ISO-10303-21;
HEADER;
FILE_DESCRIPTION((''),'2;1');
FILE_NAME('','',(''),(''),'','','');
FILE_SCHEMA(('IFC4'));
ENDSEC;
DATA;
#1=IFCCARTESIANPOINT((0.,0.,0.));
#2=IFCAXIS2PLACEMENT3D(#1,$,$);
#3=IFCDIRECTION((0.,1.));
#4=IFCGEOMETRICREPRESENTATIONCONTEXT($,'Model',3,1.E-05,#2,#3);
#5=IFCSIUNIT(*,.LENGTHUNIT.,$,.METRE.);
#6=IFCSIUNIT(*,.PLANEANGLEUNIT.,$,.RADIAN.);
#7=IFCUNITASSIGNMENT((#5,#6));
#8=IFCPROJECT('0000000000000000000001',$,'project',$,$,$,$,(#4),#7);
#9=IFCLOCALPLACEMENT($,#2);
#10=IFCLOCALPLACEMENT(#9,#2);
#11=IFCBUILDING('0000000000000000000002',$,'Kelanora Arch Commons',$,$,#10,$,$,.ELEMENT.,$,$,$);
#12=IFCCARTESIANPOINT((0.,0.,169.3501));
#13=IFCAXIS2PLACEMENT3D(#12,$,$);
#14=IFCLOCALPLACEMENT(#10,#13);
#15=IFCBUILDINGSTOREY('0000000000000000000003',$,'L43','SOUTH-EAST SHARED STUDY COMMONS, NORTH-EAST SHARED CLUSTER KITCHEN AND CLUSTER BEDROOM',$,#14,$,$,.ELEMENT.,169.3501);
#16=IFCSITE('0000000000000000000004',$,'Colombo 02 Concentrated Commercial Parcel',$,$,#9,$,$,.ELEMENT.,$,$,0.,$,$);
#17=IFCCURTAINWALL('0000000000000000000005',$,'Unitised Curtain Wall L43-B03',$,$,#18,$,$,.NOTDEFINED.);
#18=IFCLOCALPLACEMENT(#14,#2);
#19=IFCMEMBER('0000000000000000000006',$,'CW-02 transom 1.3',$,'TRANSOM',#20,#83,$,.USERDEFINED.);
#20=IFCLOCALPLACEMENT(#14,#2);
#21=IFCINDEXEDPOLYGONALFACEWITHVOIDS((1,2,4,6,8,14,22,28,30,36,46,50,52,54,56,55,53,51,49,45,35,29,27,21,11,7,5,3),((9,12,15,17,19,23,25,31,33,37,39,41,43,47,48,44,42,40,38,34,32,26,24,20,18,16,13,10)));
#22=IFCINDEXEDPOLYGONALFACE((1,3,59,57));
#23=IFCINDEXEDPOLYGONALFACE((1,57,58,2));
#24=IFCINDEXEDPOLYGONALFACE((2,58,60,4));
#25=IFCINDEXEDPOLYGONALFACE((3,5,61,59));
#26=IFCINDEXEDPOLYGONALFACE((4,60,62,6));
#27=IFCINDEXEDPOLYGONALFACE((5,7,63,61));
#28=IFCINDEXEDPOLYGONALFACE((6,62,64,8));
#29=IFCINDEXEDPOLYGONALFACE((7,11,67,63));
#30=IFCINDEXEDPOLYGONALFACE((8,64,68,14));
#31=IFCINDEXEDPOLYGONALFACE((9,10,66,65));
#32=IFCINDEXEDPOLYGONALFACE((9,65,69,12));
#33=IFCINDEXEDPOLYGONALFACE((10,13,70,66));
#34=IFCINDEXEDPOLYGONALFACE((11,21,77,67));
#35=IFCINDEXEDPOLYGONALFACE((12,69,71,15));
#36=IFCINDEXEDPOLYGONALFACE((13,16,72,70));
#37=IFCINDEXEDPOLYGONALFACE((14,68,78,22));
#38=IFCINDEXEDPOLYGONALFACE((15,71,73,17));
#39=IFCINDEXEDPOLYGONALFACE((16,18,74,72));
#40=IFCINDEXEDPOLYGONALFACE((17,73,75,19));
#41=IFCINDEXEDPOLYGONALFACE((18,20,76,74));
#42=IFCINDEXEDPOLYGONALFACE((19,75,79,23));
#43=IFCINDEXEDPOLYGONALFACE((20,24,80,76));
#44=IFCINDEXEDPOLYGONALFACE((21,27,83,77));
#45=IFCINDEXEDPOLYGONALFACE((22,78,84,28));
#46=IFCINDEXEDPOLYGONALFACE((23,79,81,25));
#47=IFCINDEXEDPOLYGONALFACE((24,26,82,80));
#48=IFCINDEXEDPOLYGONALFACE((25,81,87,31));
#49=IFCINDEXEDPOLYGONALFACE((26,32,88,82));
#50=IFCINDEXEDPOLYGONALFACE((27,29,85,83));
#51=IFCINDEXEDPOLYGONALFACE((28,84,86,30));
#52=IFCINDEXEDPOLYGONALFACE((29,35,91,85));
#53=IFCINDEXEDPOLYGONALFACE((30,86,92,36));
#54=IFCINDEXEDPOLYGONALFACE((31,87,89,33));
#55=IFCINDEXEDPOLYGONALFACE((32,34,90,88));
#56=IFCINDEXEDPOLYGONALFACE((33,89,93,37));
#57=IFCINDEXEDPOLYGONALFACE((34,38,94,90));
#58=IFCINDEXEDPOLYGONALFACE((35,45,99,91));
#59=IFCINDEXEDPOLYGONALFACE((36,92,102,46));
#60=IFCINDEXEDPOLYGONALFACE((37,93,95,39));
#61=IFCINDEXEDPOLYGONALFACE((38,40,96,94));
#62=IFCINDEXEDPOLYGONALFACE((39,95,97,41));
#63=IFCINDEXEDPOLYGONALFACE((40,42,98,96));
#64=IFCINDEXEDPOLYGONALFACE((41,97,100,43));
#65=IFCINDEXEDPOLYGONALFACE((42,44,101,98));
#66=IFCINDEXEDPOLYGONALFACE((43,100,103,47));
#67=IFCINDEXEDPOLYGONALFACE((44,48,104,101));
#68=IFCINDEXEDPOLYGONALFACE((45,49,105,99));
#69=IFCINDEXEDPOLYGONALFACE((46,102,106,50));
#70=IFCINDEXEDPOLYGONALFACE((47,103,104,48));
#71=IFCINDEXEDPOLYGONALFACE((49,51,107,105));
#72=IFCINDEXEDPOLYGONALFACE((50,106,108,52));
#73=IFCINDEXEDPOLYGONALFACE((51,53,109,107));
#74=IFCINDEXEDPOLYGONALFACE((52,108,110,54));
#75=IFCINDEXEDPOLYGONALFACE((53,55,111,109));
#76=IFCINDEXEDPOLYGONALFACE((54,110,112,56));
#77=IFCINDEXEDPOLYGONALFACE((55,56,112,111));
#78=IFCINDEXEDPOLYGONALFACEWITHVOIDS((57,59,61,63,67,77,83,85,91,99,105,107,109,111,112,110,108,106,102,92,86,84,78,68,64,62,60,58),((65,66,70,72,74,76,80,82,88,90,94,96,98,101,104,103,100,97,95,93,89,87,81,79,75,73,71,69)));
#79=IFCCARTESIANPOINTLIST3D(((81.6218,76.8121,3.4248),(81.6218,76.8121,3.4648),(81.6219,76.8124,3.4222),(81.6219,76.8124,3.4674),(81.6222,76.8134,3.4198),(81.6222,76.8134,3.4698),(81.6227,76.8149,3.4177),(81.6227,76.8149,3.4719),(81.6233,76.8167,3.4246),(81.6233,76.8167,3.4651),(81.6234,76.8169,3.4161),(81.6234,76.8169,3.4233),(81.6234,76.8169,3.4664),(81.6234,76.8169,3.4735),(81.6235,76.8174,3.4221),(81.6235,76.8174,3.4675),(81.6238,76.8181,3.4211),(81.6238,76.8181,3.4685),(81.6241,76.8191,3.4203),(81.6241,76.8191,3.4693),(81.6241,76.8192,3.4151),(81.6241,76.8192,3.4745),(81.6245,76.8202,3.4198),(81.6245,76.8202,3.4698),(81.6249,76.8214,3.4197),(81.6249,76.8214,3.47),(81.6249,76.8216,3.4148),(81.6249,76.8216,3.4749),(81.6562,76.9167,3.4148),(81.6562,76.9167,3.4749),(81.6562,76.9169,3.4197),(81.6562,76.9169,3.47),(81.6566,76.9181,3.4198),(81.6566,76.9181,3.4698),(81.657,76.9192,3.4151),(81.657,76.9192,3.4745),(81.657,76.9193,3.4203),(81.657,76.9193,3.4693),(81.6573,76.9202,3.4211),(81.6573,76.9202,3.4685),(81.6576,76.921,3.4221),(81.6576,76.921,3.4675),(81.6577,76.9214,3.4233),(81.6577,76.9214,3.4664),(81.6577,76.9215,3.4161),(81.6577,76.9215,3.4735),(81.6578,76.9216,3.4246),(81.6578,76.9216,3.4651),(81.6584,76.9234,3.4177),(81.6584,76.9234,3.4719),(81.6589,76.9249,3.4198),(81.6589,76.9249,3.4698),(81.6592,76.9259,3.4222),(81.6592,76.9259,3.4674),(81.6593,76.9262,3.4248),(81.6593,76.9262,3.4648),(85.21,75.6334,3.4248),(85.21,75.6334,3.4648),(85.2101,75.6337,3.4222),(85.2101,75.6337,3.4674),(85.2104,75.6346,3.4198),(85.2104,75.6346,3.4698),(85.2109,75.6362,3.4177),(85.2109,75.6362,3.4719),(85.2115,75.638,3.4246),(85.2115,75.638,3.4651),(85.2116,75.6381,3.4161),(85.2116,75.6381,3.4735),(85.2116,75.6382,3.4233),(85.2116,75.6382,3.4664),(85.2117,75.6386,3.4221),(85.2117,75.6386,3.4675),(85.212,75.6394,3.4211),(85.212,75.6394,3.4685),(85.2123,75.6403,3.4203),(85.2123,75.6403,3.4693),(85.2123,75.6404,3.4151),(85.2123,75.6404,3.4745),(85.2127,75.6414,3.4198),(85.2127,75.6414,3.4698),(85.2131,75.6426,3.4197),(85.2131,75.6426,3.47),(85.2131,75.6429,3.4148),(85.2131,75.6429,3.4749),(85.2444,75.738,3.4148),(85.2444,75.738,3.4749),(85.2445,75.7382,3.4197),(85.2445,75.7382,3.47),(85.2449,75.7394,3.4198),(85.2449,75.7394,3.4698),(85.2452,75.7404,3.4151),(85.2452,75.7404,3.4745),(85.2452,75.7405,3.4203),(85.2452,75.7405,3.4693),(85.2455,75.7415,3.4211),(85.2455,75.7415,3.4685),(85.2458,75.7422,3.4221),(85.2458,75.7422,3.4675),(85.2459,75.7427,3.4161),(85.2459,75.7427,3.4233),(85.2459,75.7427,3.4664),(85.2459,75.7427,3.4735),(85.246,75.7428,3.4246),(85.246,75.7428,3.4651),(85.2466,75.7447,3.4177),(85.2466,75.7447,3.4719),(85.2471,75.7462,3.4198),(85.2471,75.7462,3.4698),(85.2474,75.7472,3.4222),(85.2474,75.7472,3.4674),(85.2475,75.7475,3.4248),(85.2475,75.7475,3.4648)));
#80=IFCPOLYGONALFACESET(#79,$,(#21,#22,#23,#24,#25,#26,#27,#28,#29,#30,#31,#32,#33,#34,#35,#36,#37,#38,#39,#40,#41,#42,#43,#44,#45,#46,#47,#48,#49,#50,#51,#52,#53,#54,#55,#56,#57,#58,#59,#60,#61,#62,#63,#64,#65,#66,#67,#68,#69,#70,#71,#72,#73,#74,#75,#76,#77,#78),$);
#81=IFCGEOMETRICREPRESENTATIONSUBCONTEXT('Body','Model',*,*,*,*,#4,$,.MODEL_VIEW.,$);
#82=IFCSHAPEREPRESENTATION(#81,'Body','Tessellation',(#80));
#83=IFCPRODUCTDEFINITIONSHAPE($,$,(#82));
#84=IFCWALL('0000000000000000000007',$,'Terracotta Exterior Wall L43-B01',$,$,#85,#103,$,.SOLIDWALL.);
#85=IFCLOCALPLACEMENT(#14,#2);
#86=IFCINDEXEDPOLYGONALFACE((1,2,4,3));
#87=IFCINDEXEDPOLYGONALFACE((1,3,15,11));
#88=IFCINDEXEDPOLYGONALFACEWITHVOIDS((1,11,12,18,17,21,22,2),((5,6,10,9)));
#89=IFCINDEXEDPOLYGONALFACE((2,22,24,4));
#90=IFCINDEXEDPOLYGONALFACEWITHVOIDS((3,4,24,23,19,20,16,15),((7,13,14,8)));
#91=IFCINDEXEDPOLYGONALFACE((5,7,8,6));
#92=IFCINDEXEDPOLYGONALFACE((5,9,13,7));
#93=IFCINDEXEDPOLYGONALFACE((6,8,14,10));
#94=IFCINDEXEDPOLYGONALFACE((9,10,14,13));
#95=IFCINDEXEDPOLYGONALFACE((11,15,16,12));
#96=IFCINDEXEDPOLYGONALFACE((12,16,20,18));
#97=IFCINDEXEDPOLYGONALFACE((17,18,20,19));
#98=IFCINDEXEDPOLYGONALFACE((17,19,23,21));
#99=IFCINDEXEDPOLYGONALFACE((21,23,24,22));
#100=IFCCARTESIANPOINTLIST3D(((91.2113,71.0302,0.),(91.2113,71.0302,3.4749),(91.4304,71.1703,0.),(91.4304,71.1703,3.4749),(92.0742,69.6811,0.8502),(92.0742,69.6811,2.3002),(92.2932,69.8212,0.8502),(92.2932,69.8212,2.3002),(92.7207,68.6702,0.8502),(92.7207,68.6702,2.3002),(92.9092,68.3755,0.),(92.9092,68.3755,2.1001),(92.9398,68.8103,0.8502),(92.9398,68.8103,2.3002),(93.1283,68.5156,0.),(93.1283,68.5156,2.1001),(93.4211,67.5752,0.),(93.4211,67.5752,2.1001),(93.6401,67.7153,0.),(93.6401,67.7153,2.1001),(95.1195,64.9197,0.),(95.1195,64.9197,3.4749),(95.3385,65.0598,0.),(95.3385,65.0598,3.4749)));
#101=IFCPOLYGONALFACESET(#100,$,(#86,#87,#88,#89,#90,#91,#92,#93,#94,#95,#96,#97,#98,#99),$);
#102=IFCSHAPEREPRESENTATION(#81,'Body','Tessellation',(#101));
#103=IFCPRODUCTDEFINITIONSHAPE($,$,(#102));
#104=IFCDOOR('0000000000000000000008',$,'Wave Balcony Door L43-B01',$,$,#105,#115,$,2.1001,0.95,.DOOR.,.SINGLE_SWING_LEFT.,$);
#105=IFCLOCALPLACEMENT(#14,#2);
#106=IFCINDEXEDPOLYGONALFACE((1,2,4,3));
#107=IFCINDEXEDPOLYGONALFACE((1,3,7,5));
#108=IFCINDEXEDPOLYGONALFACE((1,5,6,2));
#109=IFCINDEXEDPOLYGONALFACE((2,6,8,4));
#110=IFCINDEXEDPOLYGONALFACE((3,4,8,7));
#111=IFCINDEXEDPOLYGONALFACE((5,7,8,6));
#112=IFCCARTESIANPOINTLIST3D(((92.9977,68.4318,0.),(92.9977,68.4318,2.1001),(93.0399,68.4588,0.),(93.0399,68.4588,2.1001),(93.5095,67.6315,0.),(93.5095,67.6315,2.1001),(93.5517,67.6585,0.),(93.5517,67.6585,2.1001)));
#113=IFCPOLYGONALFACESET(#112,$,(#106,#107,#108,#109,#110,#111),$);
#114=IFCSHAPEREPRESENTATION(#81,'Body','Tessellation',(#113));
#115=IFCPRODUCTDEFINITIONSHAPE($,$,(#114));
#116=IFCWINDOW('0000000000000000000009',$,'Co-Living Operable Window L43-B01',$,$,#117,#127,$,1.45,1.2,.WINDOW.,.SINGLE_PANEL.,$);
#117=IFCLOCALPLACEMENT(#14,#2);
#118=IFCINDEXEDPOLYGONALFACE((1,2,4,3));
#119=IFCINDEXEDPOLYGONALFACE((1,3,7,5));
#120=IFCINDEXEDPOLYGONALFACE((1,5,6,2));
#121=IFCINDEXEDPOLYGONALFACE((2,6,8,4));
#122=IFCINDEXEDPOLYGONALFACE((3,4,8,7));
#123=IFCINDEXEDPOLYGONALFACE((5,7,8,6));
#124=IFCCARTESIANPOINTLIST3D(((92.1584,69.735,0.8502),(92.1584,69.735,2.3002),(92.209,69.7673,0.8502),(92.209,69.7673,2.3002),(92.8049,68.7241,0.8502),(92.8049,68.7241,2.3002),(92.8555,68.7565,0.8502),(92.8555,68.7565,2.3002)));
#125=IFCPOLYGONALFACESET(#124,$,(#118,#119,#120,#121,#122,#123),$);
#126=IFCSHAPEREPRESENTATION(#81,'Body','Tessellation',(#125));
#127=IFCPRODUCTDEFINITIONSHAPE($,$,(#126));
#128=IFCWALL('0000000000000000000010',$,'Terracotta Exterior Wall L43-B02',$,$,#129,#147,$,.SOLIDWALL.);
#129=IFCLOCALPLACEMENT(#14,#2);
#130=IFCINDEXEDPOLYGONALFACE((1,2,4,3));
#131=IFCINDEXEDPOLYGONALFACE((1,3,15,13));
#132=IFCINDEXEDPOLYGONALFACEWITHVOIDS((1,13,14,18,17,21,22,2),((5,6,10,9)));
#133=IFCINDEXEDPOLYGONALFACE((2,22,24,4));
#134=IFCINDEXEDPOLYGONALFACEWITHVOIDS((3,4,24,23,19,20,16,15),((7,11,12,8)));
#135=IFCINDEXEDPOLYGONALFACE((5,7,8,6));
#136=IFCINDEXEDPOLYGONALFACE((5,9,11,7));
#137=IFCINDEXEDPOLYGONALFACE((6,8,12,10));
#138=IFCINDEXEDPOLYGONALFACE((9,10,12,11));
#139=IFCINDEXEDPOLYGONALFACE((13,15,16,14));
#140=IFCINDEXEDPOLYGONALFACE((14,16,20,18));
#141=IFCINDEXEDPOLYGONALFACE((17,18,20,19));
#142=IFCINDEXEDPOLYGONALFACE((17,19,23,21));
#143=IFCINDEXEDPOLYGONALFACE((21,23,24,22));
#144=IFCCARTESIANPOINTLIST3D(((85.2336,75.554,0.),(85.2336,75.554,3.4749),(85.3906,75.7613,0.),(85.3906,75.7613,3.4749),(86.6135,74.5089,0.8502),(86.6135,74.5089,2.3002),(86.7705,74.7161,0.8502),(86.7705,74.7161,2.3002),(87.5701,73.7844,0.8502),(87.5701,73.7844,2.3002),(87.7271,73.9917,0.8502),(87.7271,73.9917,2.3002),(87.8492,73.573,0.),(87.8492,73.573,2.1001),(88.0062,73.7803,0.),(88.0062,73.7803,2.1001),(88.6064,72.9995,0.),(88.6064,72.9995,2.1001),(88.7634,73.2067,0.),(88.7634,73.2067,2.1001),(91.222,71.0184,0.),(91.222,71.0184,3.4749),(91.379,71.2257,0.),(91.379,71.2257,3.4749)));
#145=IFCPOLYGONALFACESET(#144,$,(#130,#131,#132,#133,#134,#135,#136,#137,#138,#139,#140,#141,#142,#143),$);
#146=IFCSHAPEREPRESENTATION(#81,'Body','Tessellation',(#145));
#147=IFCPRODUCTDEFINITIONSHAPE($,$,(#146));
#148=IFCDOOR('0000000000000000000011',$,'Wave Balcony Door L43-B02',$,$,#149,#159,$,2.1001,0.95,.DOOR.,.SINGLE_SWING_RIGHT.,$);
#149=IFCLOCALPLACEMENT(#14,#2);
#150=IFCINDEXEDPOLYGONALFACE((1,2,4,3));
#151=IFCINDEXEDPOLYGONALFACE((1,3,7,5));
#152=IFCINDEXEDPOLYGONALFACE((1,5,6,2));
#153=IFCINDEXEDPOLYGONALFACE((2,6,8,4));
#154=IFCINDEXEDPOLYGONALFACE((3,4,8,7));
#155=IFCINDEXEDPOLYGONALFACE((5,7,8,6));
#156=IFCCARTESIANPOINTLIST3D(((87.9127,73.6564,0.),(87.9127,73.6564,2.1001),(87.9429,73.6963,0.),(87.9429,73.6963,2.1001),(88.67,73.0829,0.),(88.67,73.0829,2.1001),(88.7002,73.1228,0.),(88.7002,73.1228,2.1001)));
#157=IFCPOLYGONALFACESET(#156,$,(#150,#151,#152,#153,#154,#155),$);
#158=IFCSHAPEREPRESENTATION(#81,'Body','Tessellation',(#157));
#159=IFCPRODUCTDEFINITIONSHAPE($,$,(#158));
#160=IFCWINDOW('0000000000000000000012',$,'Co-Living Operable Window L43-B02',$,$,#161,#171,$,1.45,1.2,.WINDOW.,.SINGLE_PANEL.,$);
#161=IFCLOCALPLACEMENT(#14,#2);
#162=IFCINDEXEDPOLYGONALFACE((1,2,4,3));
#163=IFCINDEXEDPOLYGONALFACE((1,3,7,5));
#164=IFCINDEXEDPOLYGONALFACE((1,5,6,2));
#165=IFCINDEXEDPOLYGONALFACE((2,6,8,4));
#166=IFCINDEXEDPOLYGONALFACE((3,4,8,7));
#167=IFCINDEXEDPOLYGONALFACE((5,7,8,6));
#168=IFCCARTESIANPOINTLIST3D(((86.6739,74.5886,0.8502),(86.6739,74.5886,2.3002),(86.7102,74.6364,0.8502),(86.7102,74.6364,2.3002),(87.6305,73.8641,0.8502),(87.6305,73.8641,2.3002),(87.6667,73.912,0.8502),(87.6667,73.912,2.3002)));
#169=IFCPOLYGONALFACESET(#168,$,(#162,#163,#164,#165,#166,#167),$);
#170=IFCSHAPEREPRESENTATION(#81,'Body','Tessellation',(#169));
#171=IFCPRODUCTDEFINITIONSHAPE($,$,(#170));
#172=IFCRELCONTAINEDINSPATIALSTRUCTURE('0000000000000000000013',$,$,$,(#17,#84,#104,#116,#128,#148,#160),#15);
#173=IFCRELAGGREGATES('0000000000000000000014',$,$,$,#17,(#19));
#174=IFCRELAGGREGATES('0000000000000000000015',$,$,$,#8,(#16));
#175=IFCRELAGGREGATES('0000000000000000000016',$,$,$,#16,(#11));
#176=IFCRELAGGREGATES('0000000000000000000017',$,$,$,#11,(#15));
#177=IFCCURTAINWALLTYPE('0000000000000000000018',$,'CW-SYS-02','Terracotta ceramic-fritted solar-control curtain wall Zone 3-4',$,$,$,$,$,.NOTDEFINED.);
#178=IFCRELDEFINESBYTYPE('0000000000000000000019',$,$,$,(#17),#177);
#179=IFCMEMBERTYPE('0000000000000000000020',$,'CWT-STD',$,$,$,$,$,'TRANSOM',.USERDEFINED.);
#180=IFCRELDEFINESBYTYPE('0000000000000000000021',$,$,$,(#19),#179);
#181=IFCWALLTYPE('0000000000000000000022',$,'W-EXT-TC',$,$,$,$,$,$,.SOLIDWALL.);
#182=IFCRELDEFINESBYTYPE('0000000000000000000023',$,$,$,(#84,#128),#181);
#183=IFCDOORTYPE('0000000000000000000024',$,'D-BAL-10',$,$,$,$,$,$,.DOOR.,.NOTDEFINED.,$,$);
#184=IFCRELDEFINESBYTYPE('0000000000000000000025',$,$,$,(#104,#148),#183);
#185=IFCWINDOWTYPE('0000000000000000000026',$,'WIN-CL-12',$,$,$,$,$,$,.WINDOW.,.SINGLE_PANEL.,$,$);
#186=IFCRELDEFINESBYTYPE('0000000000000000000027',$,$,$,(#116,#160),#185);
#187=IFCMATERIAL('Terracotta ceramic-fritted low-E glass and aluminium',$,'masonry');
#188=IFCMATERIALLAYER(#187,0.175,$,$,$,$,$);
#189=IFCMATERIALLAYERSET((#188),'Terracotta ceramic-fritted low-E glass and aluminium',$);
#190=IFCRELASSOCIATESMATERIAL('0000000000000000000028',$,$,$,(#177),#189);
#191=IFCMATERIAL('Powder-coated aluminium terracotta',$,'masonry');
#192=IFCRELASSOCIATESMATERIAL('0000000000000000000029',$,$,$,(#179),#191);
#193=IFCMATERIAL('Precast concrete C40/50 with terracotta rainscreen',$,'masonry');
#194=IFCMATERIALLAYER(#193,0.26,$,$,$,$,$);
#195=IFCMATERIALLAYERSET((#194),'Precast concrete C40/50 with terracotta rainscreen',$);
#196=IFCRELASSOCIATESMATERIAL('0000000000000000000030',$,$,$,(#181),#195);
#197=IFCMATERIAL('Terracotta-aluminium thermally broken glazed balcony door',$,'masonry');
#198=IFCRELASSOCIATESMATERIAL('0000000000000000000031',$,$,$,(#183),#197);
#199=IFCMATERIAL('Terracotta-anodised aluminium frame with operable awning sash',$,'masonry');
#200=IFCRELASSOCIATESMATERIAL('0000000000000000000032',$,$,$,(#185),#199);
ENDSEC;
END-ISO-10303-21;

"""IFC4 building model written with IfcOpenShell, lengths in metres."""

from ifc_helpers import new_model, si_unit, direction, frame, frame_2d, origin, origin_2d, place, context, subcontext, project, spatial, rectangle, hollow_rectangle, extrude, material, layer, layer_set, material_profile, profile_set, type_object, element, fill, aggregate, save


model = new_model("IFC4")

# Units and contexts
model_context = context("Model", 3, precision=1e-05, world=origin(), true_north=direction((0.0, 1.0)))
body_context = subcontext(model_context, "Body", "Model", "MODEL_VIEW")
ifc_project = project(units=[si_unit("LENGTHUNIT", "METRE"), si_unit("PLANEANGLEUNIT", "RADIAN")], contexts=[model_context])

# Site, building, storey
site_placement = place(None, origin())
site = spatial("IfcSite", under=ifc_project, at=site_placement, Name="Colombo 02 Concentrated Commercial Parcel", CompositionType="ELEMENT", RefElevation=0.0)
building_placement = place(site_placement, origin())
building = spatial("IfcBuilding", under=site, at=building_placement, Name="Kelanora Arch Commons", CompositionType="ELEMENT")
storey_placement = place(building_placement, frame((0.0, 0.0, 169.3501)))
storey = spatial("IfcBuildingStorey", under=building, at=storey_placement, Name="L43", Description="SOUTH-EAST SHARED STUDY COMMONS, NORTH-EAST SHARED CLUSTER KITCHEN AND CLUSTER BEDROOM", CompositionType="ELEMENT", Elevation=169.3501)

# Shared definitions
ifc_material_1 = material(Name="Terracotta ceramic-fritted low-E glass and aluminium", Category="masonry")
ifc_layer_1 = layer(ifc_material_1, 0.175)
ifc_layer_set_1 = layer_set([ifc_layer_1], Name="Terracotta ceramic-fritted low-E glass and aluminium")
curtain_wall_type = type_object("IfcCurtainWallType", Name="CW-SYS-02", Description="Terracotta ceramic-fritted solar-control curtain wall Zone 3-4", PredefinedType="NOTDEFINED", material=ifc_layer_set_1)
ifc_material_2 = material(Name="Powder-coated aluminium terracotta", Category="masonry")

# Curtain wall, member
curtain_wall_1_placement = place(storey_placement, origin())
curtain_wall_1 = element("IfcCurtainWall", 1, at=curtain_wall_1_placement, inside=storey, type_object=curtain_wall_type, Name="Unitised Curtain Wall L43-B03", PredefinedType="NOTDEFINED")
ifc_material_profile_1 = material_profile(ifc_material_2, hollow_rectangle(XDim=0.1201, YDim=0.0601, WallThickness=0.0049, InnerFilletRadius=0.0049, OuterFilletRadius=0.01, at=origin_2d()), Name="CWT120x60")
ifc_profile_set_1 = profile_set([ifc_material_profile_1], Name="Powder-coated aluminium terracotta")
member_type_1 = type_object("IfcMemberType", Name="CWT-STD", ElementType="TRANSOM", PredefinedType="USERDEFINED", material=ifc_profile_set_1)
member_1_placement = place(storey_placement, frame((85.2288, 75.6904, 3.4448), z_axis=(-0.950051, 0.312094, 0.0), x_axis=(-0.312094, -0.950051, 0.0)))
member_1 = element("IfcMember", 2, at=member_1_placement, type_object=member_type_1, Name="CW-02 transom 1.3", ObjectType="TRANSOM", PredefinedType="USERDEFINED", context=body_context, shape_type="SweptSolid", body=[
    extrude(hollow_rectangle(XDim=0.1201, YDim=0.0601, WallThickness=0.0049, InnerFilletRadius=0.0049, OuterFilletRadius=0.01, at=origin_2d()), origin(), (0.0, 0.0, 1.0), 3.7769),
])
aggregate(curtain_wall_1, [member_1])

# Walls, openings, doors, windows
ifc_material_3 = material(Name="Precast concrete C40/50 with terracotta rainscreen", Category="masonry")
ifc_layer_2 = layer(ifc_material_3, 0.26)
ifc_layer_set_2 = layer_set([ifc_layer_2], Name="Precast concrete C40/50 with terracotta rainscreen")
wall_type_1 = type_object("IfcWallType", Name="W-EXT-TC", PredefinedType="SOLIDWALL", material=ifc_layer_set_2)
wall_1_placement = place(storey_placement, frame((95.229, 64.9897, 0.0), z_axis=(0.0, 0.0, 1.0), x_axis=(-0.538802, 0.842433, 0.0)))
wall_1 = element("IfcWall", 3, at=wall_1_placement, inside=storey, type_object=wall_type_1, Name="Terracotta Exterior Wall L43-B01", PredefinedType="SOLIDWALL", context=body_context, shape_type="SweptSolid", body=[
    extrude(rectangle(XDim=7.2534, YDim=0.26, at=frame_2d((3.6267, 0.0))), origin(), (0.0, 0.0, 1.0), 3.4749),
])
opening_1_placement = place(wall_1_placement, frame((3.1521, 0.0, 0.0)))
opening_1 = element("IfcOpeningElement", 4, at=opening_1_placement, cuts=wall_1, PredefinedType="OPENING", context=body_context, shape_type="SweptSolid", body=[
    extrude(rectangle(XDim=0.95, YDim=2.1001, at=frame_2d((0.4751, 1.05))), frame((0.0, 0.1401, 0.0), z_axis=(0.0, -1.0, 0.0), x_axis=(1.0, 0.0, 0.0)), (0.0, 0.0, 1.0), 0.28),
])
opening_2_placement = place(wall_1_placement, frame((4.4519, 0.0, 0.8501)))
opening_2 = element("IfcOpeningElement", 5, at=opening_2_placement, cuts=wall_1, PredefinedType="OPENING", context=body_context, shape_type="SweptSolid", body=[
    extrude(rectangle(XDim=1.2, YDim=1.45, at=frame_2d((0.6001, 0.7251))), frame((0.0, 0.1401, 0.0), z_axis=(0.0, -1.0, 0.0), x_axis=(1.0, 0.0, 0.0)), (0.0, 0.0, 1.0), 0.28),
])
ifc_material_4 = material(Name="Terracotta-aluminium thermally broken glazed balcony door", Category="masonry")
door_type = type_object("IfcDoorType", Name="D-BAL-10", OperationType="NOTDEFINED", PredefinedType="DOOR", material=ifc_material_4)
door_1_placement = place(opening_1_placement, frame((0.95, 0.0, 0.0), z_axis=(0.0, 0.0, 1.0), x_axis=(-1.0, 0.0, 0.0)))
door_1 = element("IfcDoor", 6, at=door_1_placement, inside=storey, type_object=door_type, Name="Wave Balcony Door L43-B01", OperationType="SINGLE_SWING_LEFT", OverallHeight=2.1001, OverallWidth=0.95, PredefinedType="DOOR", context=body_context, shape_type="SweptSolid", body=[
    extrude(rectangle(XDim=0.95, YDim=2.1001, at=frame_2d((0.4751, 1.05))), frame((0.0, 0.0249, 0.0), z_axis=(0.0, -1.0, 0.0), x_axis=(1.0, 0.0, 0.0)), (0.0, 0.0, 1.0), 0.05),
])
fill(opening_1, door_1)
ifc_material_5 = material(Name="Terracotta-anodised aluminium frame with operable awning sash", Category="masonry")
window_type = type_object("IfcWindowType", Name="WIN-CL-12", PartitioningType="SINGLE_PANEL", PredefinedType="WINDOW", material=ifc_material_5)
window_1_placement = place(opening_2_placement, origin())
window_1 = element("IfcWindow", 7, at=window_1_placement, inside=storey, type_object=window_type, Name="Co-Living Operable Window L43-B01", OverallHeight=1.45, OverallWidth=1.2, PartitioningType="SINGLE_PANEL", PredefinedType="WINDOW", context=body_context, shape_type="SweptSolid", body=[
    extrude(rectangle(XDim=1.2, YDim=1.45, at=frame_2d((0.6001, 0.7251))), frame((0.0, 0.03, 0.0), z_axis=(0.0, -1.0, 0.0), x_axis=(1.0, 0.0, 0.0)), (0.0, 0.0, 1.0), 0.0601),
])
fill(opening_2, window_1)
wall_2_placement = place(storey_placement, frame((91.3005, 71.1221, 0.0), z_axis=(0.0, 0.0, 1.0), x_axis=(-0.797164, 0.603763, 0.0)))
wall_2 = element("IfcWall", 8, at=wall_2_placement, inside=storey, type_object=wall_type_1, Name="Terracotta Exterior Wall L43-B02", PredefinedType="SOLIDWALL", context=body_context, shape_type="SweptSolid", body=[
    extrude(rectangle(XDim=7.5122, YDim=0.26, at=frame_2d((3.7561, 0.0))), origin(), (0.0, 0.0, 1.0), 3.4749),
])
opening_3_placement = place(wall_2_placement, frame((3.281, 0.0, 0.0)))
opening_3 = element("IfcOpeningElement", 9, at=opening_3_placement, cuts=wall_2, PredefinedType="OPENING", context=body_context, shape_type="SweptSolid", body=[
    extrude(rectangle(XDim=0.95, YDim=2.1001, at=frame_2d((0.4751, 1.05))), frame((0.0, 0.1401, 0.0), z_axis=(0.0, -1.0, 0.0), x_axis=(1.0, 0.0, 0.0)), (0.0, 0.0, 1.0), 0.28),
])
opening_4_placement = place(wall_2_placement, frame((4.5811, 0.0, 0.8501)))
opening_4 = element("IfcOpeningElement", 10, at=opening_4_placement, cuts=wall_2, PredefinedType="OPENING", context=body_context, shape_type="SweptSolid", body=[
    extrude(rectangle(XDim=1.2, YDim=1.45, at=frame_2d((0.6001, 0.7251))), frame((0.0, 0.1401, 0.0), z_axis=(0.0, -1.0, 0.0), x_axis=(1.0, 0.0, 0.0)), (0.0, 0.0, 1.0), 0.28),
])
door_2_placement = place(opening_3_placement, frame((0.95, 0.0, 0.0), z_axis=(0.0, 0.0, 1.0), x_axis=(-1.0, 0.0, 0.0)))
door_2 = element("IfcDoor", 11, at=door_2_placement, inside=storey, type_object=door_type, Name="Wave Balcony Door L43-B02", OperationType="SINGLE_SWING_RIGHT", OverallHeight=2.1001, OverallWidth=0.95, PredefinedType="DOOR", context=body_context, shape_type="SweptSolid", body=[
    extrude(rectangle(XDim=0.95, YDim=2.1001, at=frame_2d((0.4751, 1.05))), frame((0.0, 0.0249, 0.0), z_axis=(0.0, -1.0, 0.0), x_axis=(1.0, 0.0, 0.0)), (0.0, 0.0, 1.0), 0.05),
])
fill(opening_3, door_2)
window_2_placement = place(opening_4_placement, origin())
window_2 = element("IfcWindow", 12, at=window_2_placement, inside=storey, type_object=window_type, Name="Co-Living Operable Window L43-B02", OverallHeight=1.45, OverallWidth=1.2, PartitioningType="SINGLE_PANEL", PredefinedType="WINDOW", context=body_context, shape_type="SweptSolid", body=[
    extrude(rectangle(XDim=1.2, YDim=1.45, at=frame_2d((0.6001, 0.7251))), frame((0.0, 0.03, 0.0), z_axis=(0.0, -1.0, 0.0), x_axis=(1.0, 0.0, 0.0)), (0.0, 0.0, 1.0), 0.0601),
])
fill(opening_4, window_2)

save(model, "model.ifc")
